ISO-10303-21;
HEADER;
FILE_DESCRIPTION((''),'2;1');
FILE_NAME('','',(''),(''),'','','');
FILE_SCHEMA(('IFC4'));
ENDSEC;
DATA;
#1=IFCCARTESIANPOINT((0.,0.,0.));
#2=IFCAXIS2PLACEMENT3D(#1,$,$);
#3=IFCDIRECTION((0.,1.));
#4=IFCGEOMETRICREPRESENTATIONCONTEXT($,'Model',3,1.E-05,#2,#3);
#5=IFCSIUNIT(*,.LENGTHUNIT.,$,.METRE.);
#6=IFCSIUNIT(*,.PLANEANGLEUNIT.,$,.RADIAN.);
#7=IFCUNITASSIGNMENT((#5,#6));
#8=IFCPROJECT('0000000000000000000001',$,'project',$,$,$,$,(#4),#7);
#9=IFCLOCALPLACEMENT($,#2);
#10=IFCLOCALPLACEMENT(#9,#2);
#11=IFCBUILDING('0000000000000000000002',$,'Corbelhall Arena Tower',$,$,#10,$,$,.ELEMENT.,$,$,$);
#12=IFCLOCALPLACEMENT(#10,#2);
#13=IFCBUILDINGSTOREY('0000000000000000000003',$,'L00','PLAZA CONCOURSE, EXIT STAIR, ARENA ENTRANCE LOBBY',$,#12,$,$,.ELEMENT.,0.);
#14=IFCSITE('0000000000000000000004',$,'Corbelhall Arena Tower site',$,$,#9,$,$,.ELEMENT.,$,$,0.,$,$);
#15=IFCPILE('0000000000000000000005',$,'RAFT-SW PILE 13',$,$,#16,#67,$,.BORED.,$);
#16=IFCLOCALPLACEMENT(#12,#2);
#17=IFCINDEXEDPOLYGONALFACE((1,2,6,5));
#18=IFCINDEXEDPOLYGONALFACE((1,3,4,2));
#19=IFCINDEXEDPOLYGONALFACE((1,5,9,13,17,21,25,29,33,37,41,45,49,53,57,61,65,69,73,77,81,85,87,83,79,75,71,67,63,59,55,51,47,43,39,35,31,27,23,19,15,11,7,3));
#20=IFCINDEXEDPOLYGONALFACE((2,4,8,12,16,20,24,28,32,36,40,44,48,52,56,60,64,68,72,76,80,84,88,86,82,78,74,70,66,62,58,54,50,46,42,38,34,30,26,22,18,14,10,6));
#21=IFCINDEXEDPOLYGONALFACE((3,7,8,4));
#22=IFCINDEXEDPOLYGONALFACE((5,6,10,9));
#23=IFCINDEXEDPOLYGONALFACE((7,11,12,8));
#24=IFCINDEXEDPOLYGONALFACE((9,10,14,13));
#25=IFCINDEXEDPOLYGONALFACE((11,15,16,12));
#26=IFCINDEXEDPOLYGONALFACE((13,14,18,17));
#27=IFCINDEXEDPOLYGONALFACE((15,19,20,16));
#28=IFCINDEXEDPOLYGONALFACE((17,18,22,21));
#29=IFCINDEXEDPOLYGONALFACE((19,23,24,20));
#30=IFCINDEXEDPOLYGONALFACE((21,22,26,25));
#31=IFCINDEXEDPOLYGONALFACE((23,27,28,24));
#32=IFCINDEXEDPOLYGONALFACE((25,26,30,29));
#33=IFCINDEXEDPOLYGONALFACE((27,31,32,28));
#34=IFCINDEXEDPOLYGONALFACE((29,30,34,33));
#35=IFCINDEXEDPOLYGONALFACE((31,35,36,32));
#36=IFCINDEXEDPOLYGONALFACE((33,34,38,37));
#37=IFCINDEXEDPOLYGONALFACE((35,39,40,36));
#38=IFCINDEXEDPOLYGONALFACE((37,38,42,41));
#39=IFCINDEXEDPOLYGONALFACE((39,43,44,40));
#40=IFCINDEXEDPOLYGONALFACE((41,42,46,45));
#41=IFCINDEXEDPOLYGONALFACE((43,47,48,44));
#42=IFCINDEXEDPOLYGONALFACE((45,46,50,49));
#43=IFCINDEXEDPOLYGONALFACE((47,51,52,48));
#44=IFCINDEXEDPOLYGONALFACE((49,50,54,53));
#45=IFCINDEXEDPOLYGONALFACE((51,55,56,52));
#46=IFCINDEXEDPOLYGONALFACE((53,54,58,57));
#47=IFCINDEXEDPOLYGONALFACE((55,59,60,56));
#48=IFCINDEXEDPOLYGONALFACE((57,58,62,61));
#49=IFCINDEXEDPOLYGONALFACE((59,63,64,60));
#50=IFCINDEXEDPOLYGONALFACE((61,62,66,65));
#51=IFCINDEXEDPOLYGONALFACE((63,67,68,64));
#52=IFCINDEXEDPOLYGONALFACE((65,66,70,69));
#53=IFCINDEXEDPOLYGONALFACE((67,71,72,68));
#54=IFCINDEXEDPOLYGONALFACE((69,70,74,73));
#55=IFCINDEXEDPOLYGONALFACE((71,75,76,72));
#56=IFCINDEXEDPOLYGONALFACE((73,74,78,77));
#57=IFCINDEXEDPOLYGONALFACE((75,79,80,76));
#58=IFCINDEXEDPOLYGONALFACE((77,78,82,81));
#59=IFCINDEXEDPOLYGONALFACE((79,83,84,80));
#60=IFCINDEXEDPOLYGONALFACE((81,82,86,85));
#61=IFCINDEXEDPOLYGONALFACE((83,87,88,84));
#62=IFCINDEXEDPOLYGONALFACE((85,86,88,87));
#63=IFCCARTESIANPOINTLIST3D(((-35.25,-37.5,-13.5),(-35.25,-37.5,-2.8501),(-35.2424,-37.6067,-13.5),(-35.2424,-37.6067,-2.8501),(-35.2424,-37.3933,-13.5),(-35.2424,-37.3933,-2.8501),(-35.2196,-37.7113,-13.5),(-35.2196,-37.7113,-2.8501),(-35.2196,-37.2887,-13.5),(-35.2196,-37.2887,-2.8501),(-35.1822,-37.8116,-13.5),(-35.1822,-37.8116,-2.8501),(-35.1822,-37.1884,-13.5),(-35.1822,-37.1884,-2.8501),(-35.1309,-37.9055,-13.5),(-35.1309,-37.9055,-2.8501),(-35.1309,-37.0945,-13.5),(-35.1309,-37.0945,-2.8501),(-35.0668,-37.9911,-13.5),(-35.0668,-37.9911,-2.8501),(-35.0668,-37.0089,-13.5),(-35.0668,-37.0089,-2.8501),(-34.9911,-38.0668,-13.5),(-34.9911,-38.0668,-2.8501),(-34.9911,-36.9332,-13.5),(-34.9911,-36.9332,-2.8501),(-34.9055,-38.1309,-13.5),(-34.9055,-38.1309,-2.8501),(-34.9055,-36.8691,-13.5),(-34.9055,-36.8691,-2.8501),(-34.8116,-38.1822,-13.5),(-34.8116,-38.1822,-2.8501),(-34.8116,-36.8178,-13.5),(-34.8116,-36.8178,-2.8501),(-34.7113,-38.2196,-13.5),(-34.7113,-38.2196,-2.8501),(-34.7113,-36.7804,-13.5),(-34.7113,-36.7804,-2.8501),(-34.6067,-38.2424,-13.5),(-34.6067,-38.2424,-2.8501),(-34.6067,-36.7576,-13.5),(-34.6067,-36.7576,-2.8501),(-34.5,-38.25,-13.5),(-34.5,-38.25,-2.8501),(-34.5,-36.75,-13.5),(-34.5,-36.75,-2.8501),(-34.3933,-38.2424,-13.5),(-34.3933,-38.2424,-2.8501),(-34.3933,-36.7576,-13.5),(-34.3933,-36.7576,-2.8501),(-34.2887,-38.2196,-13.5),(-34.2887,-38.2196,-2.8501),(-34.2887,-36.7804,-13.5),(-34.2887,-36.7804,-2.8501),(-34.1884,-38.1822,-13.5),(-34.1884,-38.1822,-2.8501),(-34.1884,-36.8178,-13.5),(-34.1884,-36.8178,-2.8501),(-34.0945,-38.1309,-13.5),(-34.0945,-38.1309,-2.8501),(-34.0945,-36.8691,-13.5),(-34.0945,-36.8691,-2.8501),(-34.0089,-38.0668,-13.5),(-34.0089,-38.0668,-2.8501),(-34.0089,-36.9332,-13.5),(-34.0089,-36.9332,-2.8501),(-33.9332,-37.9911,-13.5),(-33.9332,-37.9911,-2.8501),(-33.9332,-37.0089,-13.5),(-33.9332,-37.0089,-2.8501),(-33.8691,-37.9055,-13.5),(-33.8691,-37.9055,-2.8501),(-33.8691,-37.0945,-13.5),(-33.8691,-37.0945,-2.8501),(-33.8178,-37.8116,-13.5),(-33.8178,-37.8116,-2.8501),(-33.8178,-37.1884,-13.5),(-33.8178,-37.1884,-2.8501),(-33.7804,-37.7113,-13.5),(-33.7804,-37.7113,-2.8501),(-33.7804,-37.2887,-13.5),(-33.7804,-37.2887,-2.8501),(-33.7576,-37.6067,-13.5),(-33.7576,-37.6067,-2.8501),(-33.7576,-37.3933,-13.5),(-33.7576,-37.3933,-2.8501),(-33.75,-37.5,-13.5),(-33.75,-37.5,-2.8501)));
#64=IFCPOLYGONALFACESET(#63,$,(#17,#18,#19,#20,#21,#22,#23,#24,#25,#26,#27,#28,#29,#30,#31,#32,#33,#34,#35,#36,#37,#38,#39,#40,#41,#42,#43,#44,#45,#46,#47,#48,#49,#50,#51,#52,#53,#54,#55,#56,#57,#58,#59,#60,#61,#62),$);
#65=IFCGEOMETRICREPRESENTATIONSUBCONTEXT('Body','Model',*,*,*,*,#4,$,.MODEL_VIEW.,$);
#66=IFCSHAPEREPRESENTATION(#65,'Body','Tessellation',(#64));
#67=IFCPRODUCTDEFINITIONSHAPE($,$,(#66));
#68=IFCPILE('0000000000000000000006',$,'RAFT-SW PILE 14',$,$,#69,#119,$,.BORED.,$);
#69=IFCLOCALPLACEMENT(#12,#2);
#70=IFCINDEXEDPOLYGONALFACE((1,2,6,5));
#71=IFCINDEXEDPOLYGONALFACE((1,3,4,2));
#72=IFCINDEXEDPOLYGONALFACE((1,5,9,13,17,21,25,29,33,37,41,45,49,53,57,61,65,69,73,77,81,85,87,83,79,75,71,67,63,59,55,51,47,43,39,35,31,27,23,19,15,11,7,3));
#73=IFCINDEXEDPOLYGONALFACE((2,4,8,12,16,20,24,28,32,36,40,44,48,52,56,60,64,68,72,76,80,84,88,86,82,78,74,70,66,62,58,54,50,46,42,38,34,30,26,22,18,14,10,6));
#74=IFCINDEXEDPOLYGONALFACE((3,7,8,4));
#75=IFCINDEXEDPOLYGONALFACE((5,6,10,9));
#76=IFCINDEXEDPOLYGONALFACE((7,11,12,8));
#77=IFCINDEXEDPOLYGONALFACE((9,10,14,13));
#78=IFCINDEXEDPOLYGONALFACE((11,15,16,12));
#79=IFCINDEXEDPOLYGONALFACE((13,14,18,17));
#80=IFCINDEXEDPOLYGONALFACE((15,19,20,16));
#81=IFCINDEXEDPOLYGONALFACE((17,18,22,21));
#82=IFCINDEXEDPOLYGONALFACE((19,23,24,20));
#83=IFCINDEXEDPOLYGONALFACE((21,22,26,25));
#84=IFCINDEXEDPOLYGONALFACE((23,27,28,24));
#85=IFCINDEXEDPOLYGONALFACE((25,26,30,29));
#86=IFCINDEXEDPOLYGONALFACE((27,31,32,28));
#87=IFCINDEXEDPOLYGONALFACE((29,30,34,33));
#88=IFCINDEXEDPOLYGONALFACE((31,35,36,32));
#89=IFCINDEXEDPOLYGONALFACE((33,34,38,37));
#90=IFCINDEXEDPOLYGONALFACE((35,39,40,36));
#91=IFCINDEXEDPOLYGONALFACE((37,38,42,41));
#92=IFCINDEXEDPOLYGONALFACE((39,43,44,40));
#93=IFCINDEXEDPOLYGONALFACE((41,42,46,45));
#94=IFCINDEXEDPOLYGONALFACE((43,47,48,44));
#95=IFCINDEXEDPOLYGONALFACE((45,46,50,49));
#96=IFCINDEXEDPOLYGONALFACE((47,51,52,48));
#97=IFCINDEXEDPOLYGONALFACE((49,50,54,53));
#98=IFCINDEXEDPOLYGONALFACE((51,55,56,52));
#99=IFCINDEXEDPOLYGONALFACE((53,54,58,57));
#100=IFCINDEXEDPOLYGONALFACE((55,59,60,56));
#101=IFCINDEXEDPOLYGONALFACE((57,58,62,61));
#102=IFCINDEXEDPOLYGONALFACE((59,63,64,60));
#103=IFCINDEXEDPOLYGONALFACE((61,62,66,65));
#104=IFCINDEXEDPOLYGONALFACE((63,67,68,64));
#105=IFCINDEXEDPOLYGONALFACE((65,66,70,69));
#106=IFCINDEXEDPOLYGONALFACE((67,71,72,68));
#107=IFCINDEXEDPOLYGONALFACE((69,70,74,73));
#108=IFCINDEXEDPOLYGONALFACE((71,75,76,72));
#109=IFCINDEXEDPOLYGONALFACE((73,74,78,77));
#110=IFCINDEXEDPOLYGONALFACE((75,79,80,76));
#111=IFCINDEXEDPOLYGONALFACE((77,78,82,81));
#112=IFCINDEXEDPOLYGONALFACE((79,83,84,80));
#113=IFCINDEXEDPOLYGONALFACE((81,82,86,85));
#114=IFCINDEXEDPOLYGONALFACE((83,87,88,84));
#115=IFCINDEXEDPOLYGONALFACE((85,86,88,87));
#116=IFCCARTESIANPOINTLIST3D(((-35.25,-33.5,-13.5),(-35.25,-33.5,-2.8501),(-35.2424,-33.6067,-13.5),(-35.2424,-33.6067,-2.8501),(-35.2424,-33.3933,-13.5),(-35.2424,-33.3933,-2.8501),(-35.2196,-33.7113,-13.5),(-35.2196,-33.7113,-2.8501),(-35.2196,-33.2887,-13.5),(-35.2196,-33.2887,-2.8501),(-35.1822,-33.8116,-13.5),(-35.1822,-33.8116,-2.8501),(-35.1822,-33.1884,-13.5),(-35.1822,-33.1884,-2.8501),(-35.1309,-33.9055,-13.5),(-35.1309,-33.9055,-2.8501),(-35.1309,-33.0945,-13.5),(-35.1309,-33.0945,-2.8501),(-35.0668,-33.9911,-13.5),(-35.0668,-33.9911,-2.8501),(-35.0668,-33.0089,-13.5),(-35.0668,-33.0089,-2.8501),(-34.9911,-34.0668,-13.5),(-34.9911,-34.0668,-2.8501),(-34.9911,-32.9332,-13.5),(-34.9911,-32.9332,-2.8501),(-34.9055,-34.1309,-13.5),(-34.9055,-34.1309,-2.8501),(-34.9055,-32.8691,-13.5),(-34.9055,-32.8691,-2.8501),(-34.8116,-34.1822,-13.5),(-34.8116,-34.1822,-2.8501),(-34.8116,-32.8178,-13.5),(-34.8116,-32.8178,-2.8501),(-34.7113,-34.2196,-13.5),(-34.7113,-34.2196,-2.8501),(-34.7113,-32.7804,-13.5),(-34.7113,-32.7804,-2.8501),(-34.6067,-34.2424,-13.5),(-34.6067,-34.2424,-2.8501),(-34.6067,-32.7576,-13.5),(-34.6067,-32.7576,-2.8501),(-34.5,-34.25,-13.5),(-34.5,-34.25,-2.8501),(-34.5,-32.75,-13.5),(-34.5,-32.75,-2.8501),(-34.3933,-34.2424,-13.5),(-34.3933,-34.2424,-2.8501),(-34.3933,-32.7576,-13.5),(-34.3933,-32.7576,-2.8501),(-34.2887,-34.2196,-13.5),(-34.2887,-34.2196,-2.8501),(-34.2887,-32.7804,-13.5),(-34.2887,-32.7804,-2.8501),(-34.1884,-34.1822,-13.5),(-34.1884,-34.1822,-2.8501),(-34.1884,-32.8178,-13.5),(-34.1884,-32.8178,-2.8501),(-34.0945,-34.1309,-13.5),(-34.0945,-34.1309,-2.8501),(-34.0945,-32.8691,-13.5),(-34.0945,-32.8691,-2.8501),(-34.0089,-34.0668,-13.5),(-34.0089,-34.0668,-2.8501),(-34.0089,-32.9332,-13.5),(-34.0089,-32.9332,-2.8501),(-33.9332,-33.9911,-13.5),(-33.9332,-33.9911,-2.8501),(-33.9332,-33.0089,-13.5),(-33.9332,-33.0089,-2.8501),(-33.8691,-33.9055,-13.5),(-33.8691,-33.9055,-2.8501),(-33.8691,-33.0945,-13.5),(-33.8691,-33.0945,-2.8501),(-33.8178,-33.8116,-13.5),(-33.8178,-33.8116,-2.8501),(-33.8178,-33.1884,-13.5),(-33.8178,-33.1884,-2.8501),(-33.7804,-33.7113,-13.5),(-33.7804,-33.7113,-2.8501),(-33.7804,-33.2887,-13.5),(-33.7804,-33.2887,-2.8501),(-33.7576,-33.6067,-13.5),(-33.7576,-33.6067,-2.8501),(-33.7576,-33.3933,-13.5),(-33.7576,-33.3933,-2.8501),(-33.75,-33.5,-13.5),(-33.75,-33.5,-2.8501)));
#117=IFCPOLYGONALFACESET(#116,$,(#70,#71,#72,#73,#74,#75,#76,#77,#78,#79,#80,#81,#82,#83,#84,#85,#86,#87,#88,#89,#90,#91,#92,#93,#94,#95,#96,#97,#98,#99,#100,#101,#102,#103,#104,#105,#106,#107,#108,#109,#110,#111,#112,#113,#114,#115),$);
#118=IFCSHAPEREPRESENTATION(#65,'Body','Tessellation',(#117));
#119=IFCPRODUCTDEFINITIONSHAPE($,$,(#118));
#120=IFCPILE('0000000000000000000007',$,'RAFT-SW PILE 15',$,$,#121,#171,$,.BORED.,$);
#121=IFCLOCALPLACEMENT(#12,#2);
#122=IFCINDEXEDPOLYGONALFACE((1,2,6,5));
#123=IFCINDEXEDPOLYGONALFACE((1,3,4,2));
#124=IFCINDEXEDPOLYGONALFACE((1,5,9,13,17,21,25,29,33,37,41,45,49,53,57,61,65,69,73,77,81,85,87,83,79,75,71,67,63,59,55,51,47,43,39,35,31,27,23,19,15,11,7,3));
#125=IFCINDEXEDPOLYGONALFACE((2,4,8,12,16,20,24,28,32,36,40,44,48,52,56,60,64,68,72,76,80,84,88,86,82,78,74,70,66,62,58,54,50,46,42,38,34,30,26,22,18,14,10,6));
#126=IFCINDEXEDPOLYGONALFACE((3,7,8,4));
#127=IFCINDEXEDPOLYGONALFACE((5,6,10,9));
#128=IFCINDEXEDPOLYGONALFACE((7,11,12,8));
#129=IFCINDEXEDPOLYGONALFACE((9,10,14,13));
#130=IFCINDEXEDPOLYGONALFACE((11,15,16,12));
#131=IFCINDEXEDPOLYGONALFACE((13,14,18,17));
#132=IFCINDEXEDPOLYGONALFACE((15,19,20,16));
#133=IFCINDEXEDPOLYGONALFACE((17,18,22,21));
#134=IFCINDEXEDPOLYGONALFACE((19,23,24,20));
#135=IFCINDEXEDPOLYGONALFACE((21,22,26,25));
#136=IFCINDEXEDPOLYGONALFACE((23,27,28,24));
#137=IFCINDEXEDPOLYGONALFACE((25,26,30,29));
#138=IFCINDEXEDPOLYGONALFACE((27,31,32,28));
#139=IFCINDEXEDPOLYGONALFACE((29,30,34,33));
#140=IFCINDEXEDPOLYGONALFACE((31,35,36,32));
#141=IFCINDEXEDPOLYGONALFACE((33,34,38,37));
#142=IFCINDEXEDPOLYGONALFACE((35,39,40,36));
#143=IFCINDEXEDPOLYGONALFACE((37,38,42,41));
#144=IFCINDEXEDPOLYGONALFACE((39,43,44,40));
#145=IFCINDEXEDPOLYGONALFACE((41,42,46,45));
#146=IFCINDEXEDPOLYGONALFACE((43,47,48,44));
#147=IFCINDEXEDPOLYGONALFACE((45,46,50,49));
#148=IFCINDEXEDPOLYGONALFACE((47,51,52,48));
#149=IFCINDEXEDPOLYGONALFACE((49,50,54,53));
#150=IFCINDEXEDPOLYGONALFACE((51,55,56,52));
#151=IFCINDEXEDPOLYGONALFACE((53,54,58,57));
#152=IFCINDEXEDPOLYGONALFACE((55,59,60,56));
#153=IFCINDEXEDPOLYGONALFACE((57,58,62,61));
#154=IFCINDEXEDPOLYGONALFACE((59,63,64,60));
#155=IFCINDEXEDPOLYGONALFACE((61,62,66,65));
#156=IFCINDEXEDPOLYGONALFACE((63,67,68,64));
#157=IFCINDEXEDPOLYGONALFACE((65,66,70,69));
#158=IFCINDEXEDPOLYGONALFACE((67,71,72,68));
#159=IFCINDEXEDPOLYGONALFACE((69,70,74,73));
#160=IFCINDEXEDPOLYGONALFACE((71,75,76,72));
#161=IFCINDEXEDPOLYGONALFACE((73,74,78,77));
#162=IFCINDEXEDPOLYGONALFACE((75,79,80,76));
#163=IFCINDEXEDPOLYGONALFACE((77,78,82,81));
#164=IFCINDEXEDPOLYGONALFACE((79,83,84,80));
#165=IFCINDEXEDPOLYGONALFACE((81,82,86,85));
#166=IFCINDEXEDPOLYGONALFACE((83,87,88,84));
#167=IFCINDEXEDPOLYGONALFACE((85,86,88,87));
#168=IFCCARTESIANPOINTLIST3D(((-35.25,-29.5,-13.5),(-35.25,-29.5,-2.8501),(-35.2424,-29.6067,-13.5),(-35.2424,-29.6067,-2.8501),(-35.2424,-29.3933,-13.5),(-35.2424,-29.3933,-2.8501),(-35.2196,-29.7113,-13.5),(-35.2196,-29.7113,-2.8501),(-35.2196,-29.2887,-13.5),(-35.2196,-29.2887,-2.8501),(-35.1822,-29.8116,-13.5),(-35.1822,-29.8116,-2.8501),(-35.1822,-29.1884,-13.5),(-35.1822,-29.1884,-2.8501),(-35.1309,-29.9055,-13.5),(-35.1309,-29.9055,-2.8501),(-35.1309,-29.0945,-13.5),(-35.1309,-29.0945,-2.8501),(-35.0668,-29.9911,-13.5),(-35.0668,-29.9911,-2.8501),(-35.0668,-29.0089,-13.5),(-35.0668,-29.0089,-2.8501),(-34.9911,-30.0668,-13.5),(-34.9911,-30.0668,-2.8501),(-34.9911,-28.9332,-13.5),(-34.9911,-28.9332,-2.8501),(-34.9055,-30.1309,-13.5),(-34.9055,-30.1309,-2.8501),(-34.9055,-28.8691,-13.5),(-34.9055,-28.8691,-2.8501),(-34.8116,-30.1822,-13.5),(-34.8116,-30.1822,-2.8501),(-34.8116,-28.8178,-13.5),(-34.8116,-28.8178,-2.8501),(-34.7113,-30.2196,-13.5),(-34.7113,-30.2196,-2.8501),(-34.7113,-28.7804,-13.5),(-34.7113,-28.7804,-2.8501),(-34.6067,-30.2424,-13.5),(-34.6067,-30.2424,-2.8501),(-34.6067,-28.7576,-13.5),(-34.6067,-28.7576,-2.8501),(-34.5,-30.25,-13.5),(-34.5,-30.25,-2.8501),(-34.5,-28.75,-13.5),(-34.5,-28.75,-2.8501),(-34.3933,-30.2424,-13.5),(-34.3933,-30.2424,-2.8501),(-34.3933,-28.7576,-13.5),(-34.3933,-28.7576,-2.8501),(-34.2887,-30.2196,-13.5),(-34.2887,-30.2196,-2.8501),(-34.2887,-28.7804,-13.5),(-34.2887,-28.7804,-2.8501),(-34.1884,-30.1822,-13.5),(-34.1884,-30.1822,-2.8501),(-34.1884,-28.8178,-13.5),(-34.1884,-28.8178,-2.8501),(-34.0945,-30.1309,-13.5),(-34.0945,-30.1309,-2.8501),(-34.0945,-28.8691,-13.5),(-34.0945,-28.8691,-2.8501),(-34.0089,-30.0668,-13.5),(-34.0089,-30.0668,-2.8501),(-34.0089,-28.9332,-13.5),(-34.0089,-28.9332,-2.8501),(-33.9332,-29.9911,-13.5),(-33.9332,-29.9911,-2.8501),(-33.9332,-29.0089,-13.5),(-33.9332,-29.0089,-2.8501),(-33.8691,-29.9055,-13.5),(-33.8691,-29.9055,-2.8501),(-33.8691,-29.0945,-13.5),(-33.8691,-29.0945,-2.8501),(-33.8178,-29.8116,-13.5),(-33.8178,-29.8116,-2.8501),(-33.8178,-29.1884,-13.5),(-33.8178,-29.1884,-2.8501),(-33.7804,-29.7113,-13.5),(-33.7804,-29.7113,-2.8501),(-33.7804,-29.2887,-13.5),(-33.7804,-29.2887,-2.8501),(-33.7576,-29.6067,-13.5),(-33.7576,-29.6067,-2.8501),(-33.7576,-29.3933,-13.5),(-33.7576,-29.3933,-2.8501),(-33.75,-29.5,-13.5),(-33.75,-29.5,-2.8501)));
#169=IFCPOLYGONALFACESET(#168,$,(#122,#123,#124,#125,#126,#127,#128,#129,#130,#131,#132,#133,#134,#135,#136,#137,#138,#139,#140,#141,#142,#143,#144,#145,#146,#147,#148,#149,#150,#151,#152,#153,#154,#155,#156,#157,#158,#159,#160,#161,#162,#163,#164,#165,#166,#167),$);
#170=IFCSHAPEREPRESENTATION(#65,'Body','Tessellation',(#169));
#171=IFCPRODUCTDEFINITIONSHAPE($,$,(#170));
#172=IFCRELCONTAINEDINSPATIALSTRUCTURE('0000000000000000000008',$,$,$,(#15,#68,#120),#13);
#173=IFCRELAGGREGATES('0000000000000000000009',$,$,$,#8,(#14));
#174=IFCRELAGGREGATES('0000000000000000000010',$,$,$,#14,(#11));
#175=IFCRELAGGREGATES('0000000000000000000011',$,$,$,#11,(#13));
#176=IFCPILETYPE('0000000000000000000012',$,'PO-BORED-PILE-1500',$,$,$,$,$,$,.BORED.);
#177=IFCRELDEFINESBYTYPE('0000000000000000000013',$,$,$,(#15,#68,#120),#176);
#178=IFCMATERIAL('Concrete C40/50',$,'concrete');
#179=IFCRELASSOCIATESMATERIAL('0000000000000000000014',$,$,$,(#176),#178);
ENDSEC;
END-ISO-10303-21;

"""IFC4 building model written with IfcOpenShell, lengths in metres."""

from ifc_helpers import new_model, si_unit, direction, frame, origin, origin_2d, place, context, subcontext, project, spatial, circle, extrude, material, material_profile, profile_set, type_object, element, save


model = new_model("IFC4")

# Units and contexts
model_context = context("Model", 3, precision=1e-05, world=origin(), true_north=direction((0.0, 1.0)))
body_context = subcontext(model_context, "Body", "Model", "MODEL_VIEW")
ifc_project = project(units=[si_unit("LENGTHUNIT", "METRE"), si_unit("PLANEANGLEUNIT", "RADIAN")], contexts=[model_context])

# Site, building, storey
site_placement = place(None, origin())
site = spatial("IfcSite", under=ifc_project, at=site_placement, Name="Corbelhall Arena Tower site", CompositionType="ELEMENT", RefElevation=0.0)
building_placement = place(site_placement, origin())
building = spatial("IfcBuilding", under=site, at=building_placement, Name="Corbelhall Arena Tower", CompositionType="ELEMENT")
storey_placement = place(building_placement, origin())
storey = spatial("IfcBuildingStorey", under=building, at=storey_placement, Name="L00", Description="PLAZA CONCOURSE, EXIT STAIR, ARENA ENTRANCE LOBBY", CompositionType="ELEMENT", Elevation=0.0)

# Piles
ifc_material_1 = material(Name="Concrete C40/50", Category="concrete")
ifc_material_profile_1 = material_profile(ifc_material_1, circle(Radius=0.75, at=origin_2d()))
ifc_profile_set_1 = profile_set([ifc_material_profile_1], Name="Concrete C40/50")
pile_type = type_object("IfcPileType", Name="PO-BORED-PILE-1500", PredefinedType="BORED", material=ifc_profile_set_1)
for number, where, z_axis, x_axis, name in (
    (1, (-34.5, -37.5, -2.8501), (0.0, 0.0, -1.0), (1.0, 0.0, 0.0), "RAFT-SW PILE 13"),
    (2, (-34.5, -33.5, -2.8501), (0.0, 0.0, -1.0), (1.0, 0.0, 0.0), "RAFT-SW PILE 14"),
    (3, (-34.5, -29.5, -2.8501), (0.0, 0.0, -1.0), (1.0, 0.0, 0.0), "RAFT-SW PILE 15"),
):
    element("IfcPile", number, at=place(storey_placement, frame(where, z_axis=z_axis, x_axis=x_axis)), inside=storey, type_object=pile_type, Name=name, PredefinedType="BORED", context=body_context, shape_type="SweptSolid", body=[
        extrude(circle(Radius=0.75, at=origin_2d()), origin(), (0.0, 0.0, 1.0), 10.6499),
    ])

save(model, "model.ifc")
